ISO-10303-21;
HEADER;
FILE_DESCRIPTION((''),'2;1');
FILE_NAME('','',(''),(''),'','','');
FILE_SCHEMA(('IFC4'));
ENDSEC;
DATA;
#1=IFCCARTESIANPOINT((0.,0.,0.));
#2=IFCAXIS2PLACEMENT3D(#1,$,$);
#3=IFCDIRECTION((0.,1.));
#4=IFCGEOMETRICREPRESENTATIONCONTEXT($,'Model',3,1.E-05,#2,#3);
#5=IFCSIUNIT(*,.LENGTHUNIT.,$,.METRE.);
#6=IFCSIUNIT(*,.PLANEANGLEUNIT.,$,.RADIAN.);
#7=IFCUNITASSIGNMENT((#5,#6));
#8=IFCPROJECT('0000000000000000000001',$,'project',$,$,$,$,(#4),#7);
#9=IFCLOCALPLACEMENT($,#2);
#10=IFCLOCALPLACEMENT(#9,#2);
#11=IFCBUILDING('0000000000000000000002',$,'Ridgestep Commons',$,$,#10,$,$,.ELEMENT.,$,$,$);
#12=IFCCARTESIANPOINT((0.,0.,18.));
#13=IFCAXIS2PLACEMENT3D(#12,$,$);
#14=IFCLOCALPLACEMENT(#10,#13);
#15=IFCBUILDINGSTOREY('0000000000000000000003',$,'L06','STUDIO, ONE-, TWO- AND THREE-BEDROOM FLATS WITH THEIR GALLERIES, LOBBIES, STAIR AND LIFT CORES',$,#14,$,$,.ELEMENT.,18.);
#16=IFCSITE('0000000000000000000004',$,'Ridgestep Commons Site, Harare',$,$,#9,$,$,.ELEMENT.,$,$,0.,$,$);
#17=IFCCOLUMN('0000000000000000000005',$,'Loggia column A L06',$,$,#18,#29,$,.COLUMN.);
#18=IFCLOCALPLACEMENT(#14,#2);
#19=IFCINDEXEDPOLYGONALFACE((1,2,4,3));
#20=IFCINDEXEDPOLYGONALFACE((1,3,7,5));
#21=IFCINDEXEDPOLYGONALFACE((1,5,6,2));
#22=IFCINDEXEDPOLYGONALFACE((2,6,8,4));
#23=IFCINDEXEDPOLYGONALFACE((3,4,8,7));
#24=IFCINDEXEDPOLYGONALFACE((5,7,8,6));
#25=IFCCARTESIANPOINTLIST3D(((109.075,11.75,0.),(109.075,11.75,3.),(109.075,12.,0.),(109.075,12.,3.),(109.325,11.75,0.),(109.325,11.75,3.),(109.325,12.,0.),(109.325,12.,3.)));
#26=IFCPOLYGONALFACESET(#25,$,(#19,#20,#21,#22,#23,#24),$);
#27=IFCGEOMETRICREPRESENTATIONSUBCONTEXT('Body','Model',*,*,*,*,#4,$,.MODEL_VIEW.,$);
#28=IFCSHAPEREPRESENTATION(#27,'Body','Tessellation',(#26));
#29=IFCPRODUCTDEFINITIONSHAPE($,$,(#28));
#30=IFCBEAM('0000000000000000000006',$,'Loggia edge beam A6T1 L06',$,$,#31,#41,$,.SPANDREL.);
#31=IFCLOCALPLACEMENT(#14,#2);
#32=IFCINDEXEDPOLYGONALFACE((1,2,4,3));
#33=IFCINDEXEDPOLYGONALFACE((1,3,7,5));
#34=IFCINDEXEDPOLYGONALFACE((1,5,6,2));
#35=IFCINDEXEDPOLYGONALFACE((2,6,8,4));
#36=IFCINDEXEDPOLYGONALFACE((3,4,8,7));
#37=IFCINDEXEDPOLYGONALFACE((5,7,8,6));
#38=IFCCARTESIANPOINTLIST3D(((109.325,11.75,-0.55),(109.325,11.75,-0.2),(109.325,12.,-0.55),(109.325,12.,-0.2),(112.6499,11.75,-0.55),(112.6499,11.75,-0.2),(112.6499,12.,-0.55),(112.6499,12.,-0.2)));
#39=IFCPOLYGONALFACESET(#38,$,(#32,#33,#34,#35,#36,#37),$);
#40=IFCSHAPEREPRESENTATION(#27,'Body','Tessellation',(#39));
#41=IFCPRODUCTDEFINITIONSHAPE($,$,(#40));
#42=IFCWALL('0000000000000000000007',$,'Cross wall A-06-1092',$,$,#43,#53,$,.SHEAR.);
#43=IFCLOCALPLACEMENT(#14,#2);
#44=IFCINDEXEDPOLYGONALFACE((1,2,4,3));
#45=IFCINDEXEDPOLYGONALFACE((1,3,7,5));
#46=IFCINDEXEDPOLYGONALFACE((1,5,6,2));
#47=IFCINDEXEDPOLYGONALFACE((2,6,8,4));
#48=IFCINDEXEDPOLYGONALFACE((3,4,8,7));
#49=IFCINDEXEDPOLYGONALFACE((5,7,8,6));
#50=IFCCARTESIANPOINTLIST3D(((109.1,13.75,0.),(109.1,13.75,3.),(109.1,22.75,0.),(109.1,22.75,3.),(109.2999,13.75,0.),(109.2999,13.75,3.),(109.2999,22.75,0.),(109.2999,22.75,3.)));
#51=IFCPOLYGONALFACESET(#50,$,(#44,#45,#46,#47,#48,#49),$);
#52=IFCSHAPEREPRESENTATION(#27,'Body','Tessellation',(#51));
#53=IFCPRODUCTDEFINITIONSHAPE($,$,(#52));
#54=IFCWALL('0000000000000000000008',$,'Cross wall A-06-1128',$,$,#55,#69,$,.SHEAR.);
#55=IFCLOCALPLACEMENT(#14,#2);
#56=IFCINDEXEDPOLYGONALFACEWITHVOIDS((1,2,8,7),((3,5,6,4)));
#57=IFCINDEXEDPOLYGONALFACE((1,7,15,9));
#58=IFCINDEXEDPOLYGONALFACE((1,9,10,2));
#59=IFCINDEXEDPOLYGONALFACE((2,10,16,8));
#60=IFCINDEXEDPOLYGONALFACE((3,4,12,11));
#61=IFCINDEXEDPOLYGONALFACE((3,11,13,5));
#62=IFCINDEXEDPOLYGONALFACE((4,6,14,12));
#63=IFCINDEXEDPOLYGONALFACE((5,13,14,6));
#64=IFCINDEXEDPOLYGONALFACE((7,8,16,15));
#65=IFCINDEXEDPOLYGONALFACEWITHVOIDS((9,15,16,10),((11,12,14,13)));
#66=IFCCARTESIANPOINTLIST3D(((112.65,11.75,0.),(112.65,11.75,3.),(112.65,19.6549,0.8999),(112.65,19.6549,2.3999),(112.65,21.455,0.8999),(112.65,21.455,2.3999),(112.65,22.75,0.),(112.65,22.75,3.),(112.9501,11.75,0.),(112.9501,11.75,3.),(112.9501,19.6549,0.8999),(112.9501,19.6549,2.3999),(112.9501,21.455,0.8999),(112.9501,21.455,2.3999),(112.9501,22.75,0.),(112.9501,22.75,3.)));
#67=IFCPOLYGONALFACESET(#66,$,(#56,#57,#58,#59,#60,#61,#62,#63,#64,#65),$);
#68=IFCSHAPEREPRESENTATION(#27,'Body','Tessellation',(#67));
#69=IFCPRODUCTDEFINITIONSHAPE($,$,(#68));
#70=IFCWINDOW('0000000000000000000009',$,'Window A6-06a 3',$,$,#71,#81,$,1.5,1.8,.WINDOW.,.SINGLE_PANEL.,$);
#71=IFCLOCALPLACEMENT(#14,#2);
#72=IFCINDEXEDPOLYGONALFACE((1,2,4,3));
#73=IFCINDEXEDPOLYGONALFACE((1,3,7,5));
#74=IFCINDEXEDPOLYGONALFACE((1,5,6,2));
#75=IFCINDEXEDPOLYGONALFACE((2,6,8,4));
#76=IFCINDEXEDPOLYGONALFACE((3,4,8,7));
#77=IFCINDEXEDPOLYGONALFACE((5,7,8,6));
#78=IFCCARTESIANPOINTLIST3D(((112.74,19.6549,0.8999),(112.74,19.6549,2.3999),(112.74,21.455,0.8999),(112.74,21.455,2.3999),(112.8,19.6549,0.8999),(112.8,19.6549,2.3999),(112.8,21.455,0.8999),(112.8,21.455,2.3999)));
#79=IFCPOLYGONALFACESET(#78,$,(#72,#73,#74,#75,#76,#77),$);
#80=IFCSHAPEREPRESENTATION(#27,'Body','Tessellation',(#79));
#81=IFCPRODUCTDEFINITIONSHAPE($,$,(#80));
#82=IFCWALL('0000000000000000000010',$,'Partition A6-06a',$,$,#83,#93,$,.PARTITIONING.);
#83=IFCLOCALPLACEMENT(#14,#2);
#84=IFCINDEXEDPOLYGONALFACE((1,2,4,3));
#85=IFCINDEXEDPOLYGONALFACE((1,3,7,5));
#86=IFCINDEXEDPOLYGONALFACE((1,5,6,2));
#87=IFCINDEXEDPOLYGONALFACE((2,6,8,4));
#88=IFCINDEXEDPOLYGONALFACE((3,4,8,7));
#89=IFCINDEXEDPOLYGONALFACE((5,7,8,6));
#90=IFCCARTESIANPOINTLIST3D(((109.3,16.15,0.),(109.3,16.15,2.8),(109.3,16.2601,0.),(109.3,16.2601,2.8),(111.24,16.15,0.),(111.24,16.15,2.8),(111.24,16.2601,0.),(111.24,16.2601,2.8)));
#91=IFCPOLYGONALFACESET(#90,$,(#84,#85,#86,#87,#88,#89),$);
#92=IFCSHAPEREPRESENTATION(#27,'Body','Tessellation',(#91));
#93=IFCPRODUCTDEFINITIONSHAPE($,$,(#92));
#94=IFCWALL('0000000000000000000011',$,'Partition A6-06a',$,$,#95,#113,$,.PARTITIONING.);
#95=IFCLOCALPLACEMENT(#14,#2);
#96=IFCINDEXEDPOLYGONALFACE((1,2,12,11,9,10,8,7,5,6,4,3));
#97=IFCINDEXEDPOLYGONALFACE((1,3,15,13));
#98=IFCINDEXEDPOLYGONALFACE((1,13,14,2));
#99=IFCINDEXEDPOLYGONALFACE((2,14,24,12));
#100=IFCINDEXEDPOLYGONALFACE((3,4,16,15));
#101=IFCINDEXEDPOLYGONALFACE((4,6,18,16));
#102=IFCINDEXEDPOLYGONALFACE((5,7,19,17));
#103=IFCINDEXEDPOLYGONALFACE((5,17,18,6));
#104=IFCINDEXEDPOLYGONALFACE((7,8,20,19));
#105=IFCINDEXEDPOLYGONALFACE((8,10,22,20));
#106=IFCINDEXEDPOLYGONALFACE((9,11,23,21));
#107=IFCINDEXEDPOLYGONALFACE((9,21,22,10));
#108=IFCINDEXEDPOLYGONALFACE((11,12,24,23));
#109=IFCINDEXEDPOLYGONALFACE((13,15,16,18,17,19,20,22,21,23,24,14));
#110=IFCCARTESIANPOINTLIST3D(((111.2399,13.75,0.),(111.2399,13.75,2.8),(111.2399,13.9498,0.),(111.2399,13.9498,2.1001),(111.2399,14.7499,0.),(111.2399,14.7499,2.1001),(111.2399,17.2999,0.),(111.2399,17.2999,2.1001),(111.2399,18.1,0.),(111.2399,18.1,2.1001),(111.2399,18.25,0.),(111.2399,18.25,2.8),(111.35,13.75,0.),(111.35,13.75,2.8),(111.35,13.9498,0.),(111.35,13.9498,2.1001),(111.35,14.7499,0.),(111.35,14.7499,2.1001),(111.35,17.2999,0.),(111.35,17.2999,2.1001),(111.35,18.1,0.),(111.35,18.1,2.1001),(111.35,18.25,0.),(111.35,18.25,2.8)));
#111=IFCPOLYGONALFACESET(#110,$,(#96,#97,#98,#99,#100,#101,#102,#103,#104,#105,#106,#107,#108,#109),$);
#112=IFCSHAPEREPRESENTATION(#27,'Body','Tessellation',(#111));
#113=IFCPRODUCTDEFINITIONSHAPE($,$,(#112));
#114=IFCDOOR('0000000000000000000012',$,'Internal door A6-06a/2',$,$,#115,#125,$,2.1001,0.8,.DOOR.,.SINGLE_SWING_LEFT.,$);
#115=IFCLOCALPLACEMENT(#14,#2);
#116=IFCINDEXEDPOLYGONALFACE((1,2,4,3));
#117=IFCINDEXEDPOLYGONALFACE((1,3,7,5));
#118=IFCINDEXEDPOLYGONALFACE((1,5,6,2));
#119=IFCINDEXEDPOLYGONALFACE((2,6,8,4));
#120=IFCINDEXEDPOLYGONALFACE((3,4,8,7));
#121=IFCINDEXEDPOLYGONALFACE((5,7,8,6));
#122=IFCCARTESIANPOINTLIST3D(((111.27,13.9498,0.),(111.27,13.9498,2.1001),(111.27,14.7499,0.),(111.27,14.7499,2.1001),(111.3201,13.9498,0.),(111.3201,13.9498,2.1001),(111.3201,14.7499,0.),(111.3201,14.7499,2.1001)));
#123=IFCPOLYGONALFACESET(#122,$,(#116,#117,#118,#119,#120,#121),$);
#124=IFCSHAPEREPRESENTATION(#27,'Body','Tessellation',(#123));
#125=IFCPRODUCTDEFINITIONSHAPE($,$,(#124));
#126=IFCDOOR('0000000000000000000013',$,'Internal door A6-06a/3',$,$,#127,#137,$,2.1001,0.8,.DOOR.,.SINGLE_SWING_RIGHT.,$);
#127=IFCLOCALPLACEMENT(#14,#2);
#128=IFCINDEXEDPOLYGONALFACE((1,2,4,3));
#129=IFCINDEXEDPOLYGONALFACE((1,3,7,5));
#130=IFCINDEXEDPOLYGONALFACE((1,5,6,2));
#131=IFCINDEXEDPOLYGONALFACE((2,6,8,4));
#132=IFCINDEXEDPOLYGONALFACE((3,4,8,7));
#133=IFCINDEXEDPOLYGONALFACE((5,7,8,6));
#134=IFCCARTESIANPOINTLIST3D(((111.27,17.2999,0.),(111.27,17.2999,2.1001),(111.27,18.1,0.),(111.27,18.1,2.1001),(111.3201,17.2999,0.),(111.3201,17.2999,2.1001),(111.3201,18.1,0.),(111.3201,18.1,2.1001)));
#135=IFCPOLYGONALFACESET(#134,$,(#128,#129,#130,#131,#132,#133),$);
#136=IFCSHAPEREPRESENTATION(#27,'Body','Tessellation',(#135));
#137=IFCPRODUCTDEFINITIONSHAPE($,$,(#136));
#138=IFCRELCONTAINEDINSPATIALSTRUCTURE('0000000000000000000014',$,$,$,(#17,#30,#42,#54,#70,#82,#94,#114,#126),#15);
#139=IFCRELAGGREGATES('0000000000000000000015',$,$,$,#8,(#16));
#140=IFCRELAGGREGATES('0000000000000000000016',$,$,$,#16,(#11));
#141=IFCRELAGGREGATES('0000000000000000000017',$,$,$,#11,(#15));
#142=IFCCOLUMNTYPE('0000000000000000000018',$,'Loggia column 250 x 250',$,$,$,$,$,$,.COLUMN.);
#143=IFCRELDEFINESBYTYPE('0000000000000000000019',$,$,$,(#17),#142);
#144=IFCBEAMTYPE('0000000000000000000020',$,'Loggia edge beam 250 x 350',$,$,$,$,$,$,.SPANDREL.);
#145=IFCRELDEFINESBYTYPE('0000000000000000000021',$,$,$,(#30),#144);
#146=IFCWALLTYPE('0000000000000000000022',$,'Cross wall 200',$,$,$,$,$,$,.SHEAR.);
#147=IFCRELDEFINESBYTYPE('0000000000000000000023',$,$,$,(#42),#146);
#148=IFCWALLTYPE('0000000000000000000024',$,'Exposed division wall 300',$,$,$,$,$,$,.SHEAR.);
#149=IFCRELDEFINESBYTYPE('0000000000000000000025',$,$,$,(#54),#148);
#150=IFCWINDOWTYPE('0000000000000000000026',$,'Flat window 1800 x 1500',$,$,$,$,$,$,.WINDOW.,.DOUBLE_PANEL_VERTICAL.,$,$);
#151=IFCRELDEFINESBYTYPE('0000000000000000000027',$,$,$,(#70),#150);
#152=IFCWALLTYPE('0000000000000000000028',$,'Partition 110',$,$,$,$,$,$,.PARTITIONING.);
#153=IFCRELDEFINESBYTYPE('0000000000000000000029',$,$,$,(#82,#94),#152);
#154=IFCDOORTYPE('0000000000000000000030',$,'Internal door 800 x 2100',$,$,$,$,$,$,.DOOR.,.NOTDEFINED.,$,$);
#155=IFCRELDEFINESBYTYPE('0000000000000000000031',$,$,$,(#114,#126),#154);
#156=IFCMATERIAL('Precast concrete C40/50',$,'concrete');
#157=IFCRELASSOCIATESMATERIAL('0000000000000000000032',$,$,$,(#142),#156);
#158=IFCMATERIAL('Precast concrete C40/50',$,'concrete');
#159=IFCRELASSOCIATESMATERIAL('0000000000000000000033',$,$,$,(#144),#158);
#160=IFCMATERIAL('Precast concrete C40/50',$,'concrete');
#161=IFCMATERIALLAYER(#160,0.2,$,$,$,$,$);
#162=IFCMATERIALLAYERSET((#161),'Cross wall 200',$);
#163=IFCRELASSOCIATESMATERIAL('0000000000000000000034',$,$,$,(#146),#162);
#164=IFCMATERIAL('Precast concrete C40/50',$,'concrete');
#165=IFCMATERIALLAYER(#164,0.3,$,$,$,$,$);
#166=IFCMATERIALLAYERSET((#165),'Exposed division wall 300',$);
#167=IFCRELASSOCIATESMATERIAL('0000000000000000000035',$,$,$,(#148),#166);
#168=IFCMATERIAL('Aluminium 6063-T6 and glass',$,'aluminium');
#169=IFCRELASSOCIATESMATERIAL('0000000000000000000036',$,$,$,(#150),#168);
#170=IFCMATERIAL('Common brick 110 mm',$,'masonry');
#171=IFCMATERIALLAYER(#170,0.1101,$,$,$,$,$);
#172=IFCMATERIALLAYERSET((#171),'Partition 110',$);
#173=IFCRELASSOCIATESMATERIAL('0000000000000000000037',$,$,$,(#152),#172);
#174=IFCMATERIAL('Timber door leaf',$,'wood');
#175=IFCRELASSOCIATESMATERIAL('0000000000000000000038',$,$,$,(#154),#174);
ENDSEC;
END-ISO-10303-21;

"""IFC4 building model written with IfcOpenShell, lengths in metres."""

from ifc_helpers import new_model, si_unit, direction, frame, frame_2d, origin, origin_2d, place, context, subcontext, project, spatial, rectangle, extrude, material, layer, layer_set, material_profile, profile_set, type_object, element, fill, save


model = new_model("IFC4")

# Units and contexts
model_context = context("Model", 3, precision=1e-05, world=origin(), true_north=direction((0.0, 1.0)))
body_context = subcontext(model_context, "Body", "Model", "MODEL_VIEW")
ifc_project = project(units=[si_unit("LENGTHUNIT", "METRE"), si_unit("PLANEANGLEUNIT", "RADIAN")], contexts=[model_context])

# Site, building, storey
site_placement = place(None, origin())
site = spatial("IfcSite", under=ifc_project, at=site_placement, Name="Ridgestep Commons Site, Harare", CompositionType="ELEMENT", RefElevation=0.0)
building_placement = place(site_placement, origin())
building = spatial("IfcBuilding", under=site, at=building_placement, Name="Ridgestep Commons", CompositionType="ELEMENT")
storey_placement = place(building_placement, frame((0.0, 0.0, 18.0)))
storey = spatial("IfcBuildingStorey", under=building, at=storey_placement, Name="L06", Description="STUDIO, ONE-, TWO- AND THREE-BEDROOM FLATS WITH THEIR GALLERIES, LOBBIES, STAIR AND LIFT CORES", CompositionType="ELEMENT", Elevation=18.0)

# Column
ifc_material_1 = material(Name="Precast concrete C40/50", Category="concrete")
ifc_material_profile_1 = material_profile(ifc_material_1, rectangle(XDim=0.25, YDim=0.25, at=origin_2d()), Name="PC 250x250")
ifc_profile_set_1 = profile_set([ifc_material_profile_1], Name="Precast concrete C40/50")
column_type = type_object("IfcColumnType", Name="Loggia column 250 x 250", PredefinedType="COLUMN", material=ifc_profile_set_1)
column_placement = place(storey_placement, frame((109.2, 11.875, 0.0), z_axis=(0.0, 0.0, 1.0), x_axis=(1.0, 0.0, 0.0)))
element("IfcColumn", 1, at=column_placement, inside=storey, type_object=column_type, Name="Loggia column A L06", PredefinedType="COLUMN", context=body_context, shape_type="SweptSolid", body=[
    extrude(rectangle(XDim=0.25, YDim=0.25, at=origin_2d()), origin(), (0.0, 0.0, 1.0), 3.0),
])

# Beam
ifc_material_2 = material(Name="Precast concrete C40/50", Category="concrete")
ifc_material_profile_2 = material_profile(ifc_material_2, rectangle(XDim=0.25, YDim=0.3501, at=origin_2d()), Name="PC 250x350")
ifc_profile_set_2 = profile_set([ifc_material_profile_2], Name="Precast concrete C40/50")
beam_type = type_object("IfcBeamType", Name="Loggia edge beam 250 x 350", PredefinedType="SPANDREL", material=ifc_profile_set_2)
beam_placement = place(storey_placement, frame((109.325, 11.875, -0.375), z_axis=(1.0, 0.0, 0.0), x_axis=(0.0, 1.0, 0.0)))
element("IfcBeam", 2, at=beam_placement, inside=storey, type_object=beam_type, Name="Loggia edge beam A6T1 L06", PredefinedType="SPANDREL", context=body_context, shape_type="SweptSolid", body=[
    extrude(rectangle(XDim=0.25, YDim=0.3501, at=origin_2d()), origin(), (0.0, 0.0, 1.0), 3.325),
])

# Wall
ifc_material_3 = material(Name="Precast concrete C40/50", Category="concrete")
ifc_layer_1 = layer(ifc_material_3, 0.2)
ifc_layer_set_1 = layer_set([ifc_layer_1], Name="Cross wall 200")
wall_type_1 = type_object("IfcWallType", Name="Cross wall 200", PredefinedType="SHEAR", material=ifc_layer_set_1)
wall_1_placement = place(storey_placement, frame((109.2, 13.75, 0.0), z_axis=(0.0, 0.0, 1.0), x_axis=(0.0, 1.0, 0.0)))
element("IfcWall", 3, at=wall_1_placement, inside=storey, type_object=wall_type_1, Name="Cross wall A-06-1092", PredefinedType="SHEAR", context=body_context, shape_type="SweptSolid", body=[
    extrude(rectangle(XDim=9.0, YDim=0.2, at=frame_2d((4.5, 0.0))), origin(), (0.0, 0.0, 1.0), 3.0),
])

# Wall, opening, window
ifc_material_4 = material(Name="Precast concrete C40/50", Category="concrete")
ifc_layer_2 = layer(ifc_material_4, 0.3)
ifc_layer_set_2 = layer_set([ifc_layer_2], Name="Exposed division wall 300")
wall_type_2 = type_object("IfcWallType", Name="Exposed division wall 300", PredefinedType="SHEAR", material=ifc_layer_set_2)
wall_2_placement = place(storey_placement, frame((112.8, 11.75, 0.0), z_axis=(0.0, 0.0, 1.0), x_axis=(0.0, 1.0, 0.0)))
wall_2 = element("IfcWall", 4, at=wall_2_placement, inside=storey, type_object=wall_type_2, Name="Cross wall A-06-1128", PredefinedType="SHEAR", context=body_context, shape_type="SweptSolid", body=[
    extrude(rectangle(XDim=11.0, YDim=0.3, at=frame_2d((5.5, 0.0))), origin(), (0.0, 0.0, 1.0), 3.0),
])
opening_1_placement = place(wall_2_placement, frame((7.905, 0.0, 0.8999)))
opening_1 = element("IfcOpeningElement", 5, at=opening_1_placement, cuts=wall_2, PredefinedType="OPENING", context=body_context, shape_type="SweptSolid", body=[
    extrude(rectangle(XDim=1.8, YDim=1.5, at=frame_2d((0.8999, 0.75))), frame((0.0, 0.1599, 0.0), z_axis=(0.0, -1.0, 0.0), x_axis=(1.0, 0.0, 0.0)), (0.0, 0.0, 1.0), 0.3201),
])
ifc_material_5 = material(Name="Aluminium 6063-T6 and glass", Category="aluminium")
window_type_1 = type_object("IfcWindowType", Name="Flat window 1800 x 1500", PartitioningType="DOUBLE_PANEL_VERTICAL", PredefinedType="WINDOW", material=ifc_material_5)
window_1_placement = place(opening_1_placement, origin())
window_1 = element("IfcWindow", 6, at=window_1_placement, inside=storey, type_object=window_type_1, Name="Window A6-06a 3", OverallHeight=1.5, OverallWidth=1.8, PartitioningType="SINGLE_PANEL", PredefinedType="WINDOW", context=body_context, shape_type="SweptSolid", body=[
    extrude(rectangle(XDim=1.8, YDim=1.5, at=frame_2d((0.8999, 0.75))), frame((0.0, 0.0601, 0.0), z_axis=(0.0, -1.0, 0.0), x_axis=(1.0, 0.0, 0.0)), (0.0, 0.0, 1.0), 0.0601),
])
fill(opening_1, window_1)

# Wall
ifc_material_6 = material(Name="Common brick 110 mm", Category="masonry")
ifc_layer_3 = layer(ifc_material_6, 0.1101)
ifc_layer_set_3 = layer_set([ifc_layer_3], Name="Partition 110")
wall_type_3 = type_object("IfcWallType", Name="Partition 110", PredefinedType="PARTITIONING", material=ifc_layer_set_3)
wall_3_placement = place(storey_placement, frame((109.3, 16.2051, 0.0), z_axis=(0.0, 0.0, 1.0), x_axis=(1.0, 0.0, 0.0)))
element("IfcWall", 7, at=wall_3_placement, inside=storey, type_object=wall_type_3, Name="Partition A6-06a", PredefinedType="PARTITIONING", context=body_context, shape_type="SweptSolid", body=[
    extrude(rectangle(XDim=1.9399, YDim=0.1101, at=frame_2d((0.97, 0.0))), origin(), (0.0, 0.0, 1.0), 2.8),
])

# Wall, openings, doors
wall_4_placement = place(storey_placement, frame((111.2949, 13.75, 0.0), z_axis=(0.0, 0.0, 1.0), x_axis=(0.0, 1.0, 0.0)))
wall_4 = element("IfcWall", 8, at=wall_4_placement, inside=storey, type_object=wall_type_3, Name="Partition A6-06a", PredefinedType="PARTITIONING", context=body_context, shape_type="SweptSolid", body=[
    extrude(rectangle(XDim=4.5, YDim=0.1101, at=frame_2d((2.25, 0.0))), origin(), (0.0, 0.0, 1.0), 2.8),
])
opening_2_placement = place(wall_4_placement, frame((0.2, 0.0, 0.0)))
opening_2 = element("IfcOpeningElement", 9, at=opening_2_placement, cuts=wall_4, PredefinedType="OPENING", context=body_context, shape_type="SweptSolid", body=[
    extrude(rectangle(XDim=0.8, YDim=2.1001, at=frame_2d((0.3999, 1.05))), frame((0.0, 0.0649, 0.0), z_axis=(0.0, -1.0, 0.0), x_axis=(1.0, 0.0, 0.0)), (0.0, 0.0, 1.0), 0.1301),
])
opening_3_placement = place(wall_4_placement, frame((3.55, 0.0, 0.0)))
opening_3 = element("IfcOpeningElement", 10, at=opening_3_placement, cuts=wall_4, PredefinedType="OPENING", context=body_context, shape_type="SweptSolid", body=[
    extrude(rectangle(XDim=0.8, YDim=2.1001, at=frame_2d((0.3999, 1.05))), frame((0.0, 0.0649, 0.0), z_axis=(0.0, -1.0, 0.0), x_axis=(1.0, 0.0, 0.0)), (0.0, 0.0, 1.0), 0.1301),
])
ifc_material_7 = material(Name="Timber door leaf", Category="wood")
door_type_1 = type_object("IfcDoorType", Name="Internal door 800 x 2100", OperationType="NOTDEFINED", PredefinedType="DOOR", material=ifc_material_7)
door_1_placement = place(opening_2_placement, origin())
door_1 = element("IfcDoor", 11, at=door_1_placement, inside=storey, type_object=door_type_1, Name="Internal door A6-06a/2", OperationType="SINGLE_SWING_LEFT", OverallHeight=2.1001, OverallWidth=0.8, PredefinedType="DOOR", context=body_context, shape_type="SweptSolid", body=[
    extrude(rectangle(XDim=0.8, YDim=2.1001, at=frame_2d((0.3999, 1.05))), frame((0.0, 0.0249, 0.0), z_axis=(0.0, -1.0, 0.0), x_axis=(1.0, 0.0, 0.0)), (0.0, 0.0, 1.0), 0.05),
])
fill(opening_2, door_1)
door_2_placement = place(opening_3_placement, origin())
door_2 = element("IfcDoor", 12, at=door_2_placement, inside=storey, type_object=door_type_1, Name="Internal door A6-06a/3", OperationType="SINGLE_SWING_RIGHT", OverallHeight=2.1001, OverallWidth=0.8, PredefinedType="DOOR", context=body_context, shape_type="SweptSolid", body=[
    extrude(rectangle(XDim=0.8, YDim=2.1001, at=frame_2d((0.3999, 1.05))), frame((0.0, 0.0249, 0.0), z_axis=(0.0, -1.0, 0.0), x_axis=(1.0, 0.0, 0.0)), (0.0, 0.0, 1.0), 0.05),
])
fill(opening_3, door_2)

save(model, "model.ifc")
